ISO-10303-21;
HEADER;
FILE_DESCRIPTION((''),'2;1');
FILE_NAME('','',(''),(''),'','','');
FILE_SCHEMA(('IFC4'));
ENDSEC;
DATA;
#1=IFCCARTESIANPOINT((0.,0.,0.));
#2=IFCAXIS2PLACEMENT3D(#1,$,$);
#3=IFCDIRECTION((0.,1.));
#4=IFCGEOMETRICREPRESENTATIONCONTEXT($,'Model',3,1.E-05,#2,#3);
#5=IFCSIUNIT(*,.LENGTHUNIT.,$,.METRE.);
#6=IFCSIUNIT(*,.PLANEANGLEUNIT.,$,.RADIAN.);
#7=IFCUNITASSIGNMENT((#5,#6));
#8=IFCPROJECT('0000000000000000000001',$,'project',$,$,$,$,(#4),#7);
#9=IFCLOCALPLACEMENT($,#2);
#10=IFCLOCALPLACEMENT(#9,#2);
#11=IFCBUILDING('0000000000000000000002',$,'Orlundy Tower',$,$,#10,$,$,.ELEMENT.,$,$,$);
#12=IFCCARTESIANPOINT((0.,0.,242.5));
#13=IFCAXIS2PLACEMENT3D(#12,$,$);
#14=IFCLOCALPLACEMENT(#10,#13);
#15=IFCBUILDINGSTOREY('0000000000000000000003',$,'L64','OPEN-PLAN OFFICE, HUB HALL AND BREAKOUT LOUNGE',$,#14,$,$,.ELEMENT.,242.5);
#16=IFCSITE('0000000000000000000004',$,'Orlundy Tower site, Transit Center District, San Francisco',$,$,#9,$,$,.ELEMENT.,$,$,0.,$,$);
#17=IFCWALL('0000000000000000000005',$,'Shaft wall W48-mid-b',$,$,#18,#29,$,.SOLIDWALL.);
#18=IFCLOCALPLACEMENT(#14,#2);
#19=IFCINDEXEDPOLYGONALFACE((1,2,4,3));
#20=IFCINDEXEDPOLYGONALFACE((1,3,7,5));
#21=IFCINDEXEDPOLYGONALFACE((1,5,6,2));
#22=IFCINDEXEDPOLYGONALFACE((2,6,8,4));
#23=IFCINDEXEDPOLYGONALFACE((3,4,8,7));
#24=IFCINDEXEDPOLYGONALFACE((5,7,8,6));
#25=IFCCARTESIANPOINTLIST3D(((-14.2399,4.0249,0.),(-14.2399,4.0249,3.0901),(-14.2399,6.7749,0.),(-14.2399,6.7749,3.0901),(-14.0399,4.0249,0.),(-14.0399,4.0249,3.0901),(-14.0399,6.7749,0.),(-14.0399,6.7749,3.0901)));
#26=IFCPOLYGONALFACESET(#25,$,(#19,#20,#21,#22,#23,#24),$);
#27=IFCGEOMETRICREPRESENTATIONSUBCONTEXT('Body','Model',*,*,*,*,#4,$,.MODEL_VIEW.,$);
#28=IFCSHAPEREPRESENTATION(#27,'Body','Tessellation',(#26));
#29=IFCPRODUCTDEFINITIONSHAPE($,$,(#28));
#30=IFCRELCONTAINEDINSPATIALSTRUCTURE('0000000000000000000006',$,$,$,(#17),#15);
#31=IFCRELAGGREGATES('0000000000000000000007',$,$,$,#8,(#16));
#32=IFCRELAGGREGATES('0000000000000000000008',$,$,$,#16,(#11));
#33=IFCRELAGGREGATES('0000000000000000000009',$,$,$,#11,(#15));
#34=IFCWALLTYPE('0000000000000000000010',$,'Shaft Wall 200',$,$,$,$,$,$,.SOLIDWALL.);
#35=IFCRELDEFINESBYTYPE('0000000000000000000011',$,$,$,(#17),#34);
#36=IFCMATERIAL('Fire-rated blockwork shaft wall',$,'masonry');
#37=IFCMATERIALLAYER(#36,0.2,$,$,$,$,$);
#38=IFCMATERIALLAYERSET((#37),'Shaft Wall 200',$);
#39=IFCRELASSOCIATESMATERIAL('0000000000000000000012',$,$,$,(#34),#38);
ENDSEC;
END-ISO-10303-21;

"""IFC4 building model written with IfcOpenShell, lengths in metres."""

from ifc_helpers import new_model, si_unit, direction, frame, frame_2d, origin, place, context, subcontext, project, spatial, rectangle, extrude, material, layer, layer_set, type_object, element, save


model = new_model("IFC4")

# Units and contexts
model_context = context("Model", 3, precision=1e-05, world=origin(), true_north=direction((0.0, 1.0)))
body_context = subcontext(model_context, "Body", "Model", "MODEL_VIEW")
ifc_project = project(units=[si_unit("LENGTHUNIT", "METRE"), si_unit("PLANEANGLEUNIT", "RADIAN")], contexts=[model_context])

# Site, building, storey
site_placement = place(None, origin())
site = spatial("IfcSite", under=ifc_project, at=site_placement, Name="Orlundy Tower site, Transit Center District, San Francisco", CompositionType="ELEMENT", RefElevation=0.0)
building_placement = place(site_placement, origin())
building = spatial("IfcBuilding", under=site, at=building_placement, Name="Orlundy Tower", CompositionType="ELEMENT")
storey_placement = place(building_placement, frame((0.0, 0.0, 242.5)))
storey = spatial("IfcBuildingStorey", under=building, at=storey_placement, Name="L64", Description="OPEN-PLAN OFFICE, HUB HALL AND BREAKOUT LOUNGE", CompositionType="ELEMENT", Elevation=242.5)

# Wall
ifc_material_1 = material(Name="Fire-rated blockwork shaft wall", Category="masonry")
ifc_layer_1 = layer(ifc_material_1, 0.2)
ifc_layer_set_1 = layer_set([ifc_layer_1], Name="Shaft Wall 200")
wall_type_1 = type_object("IfcWallType", Name="Shaft Wall 200", PredefinedType="SOLIDWALL", material=ifc_layer_set_1)
wall_1_placement = place(storey_placement, frame((-14.1399, 4.0249, 0.0), z_axis=(0.0, 0.0, 1.0), x_axis=(0.0, 1.0, 0.0)))
element("IfcWall", 1, at=wall_1_placement, inside=storey, type_object=wall_type_1, Name="Shaft wall W48-mid-b", PredefinedType="SOLIDWALL", context=body_context, shape_type="SweptSolid", body=[
    extrude(rectangle(XDim=2.75, YDim=0.2, at=frame_2d((1.375, 0.0))), origin(), (0.0, 0.0, 1.0), 3.0901),
])

save(model, "model.ifc")
